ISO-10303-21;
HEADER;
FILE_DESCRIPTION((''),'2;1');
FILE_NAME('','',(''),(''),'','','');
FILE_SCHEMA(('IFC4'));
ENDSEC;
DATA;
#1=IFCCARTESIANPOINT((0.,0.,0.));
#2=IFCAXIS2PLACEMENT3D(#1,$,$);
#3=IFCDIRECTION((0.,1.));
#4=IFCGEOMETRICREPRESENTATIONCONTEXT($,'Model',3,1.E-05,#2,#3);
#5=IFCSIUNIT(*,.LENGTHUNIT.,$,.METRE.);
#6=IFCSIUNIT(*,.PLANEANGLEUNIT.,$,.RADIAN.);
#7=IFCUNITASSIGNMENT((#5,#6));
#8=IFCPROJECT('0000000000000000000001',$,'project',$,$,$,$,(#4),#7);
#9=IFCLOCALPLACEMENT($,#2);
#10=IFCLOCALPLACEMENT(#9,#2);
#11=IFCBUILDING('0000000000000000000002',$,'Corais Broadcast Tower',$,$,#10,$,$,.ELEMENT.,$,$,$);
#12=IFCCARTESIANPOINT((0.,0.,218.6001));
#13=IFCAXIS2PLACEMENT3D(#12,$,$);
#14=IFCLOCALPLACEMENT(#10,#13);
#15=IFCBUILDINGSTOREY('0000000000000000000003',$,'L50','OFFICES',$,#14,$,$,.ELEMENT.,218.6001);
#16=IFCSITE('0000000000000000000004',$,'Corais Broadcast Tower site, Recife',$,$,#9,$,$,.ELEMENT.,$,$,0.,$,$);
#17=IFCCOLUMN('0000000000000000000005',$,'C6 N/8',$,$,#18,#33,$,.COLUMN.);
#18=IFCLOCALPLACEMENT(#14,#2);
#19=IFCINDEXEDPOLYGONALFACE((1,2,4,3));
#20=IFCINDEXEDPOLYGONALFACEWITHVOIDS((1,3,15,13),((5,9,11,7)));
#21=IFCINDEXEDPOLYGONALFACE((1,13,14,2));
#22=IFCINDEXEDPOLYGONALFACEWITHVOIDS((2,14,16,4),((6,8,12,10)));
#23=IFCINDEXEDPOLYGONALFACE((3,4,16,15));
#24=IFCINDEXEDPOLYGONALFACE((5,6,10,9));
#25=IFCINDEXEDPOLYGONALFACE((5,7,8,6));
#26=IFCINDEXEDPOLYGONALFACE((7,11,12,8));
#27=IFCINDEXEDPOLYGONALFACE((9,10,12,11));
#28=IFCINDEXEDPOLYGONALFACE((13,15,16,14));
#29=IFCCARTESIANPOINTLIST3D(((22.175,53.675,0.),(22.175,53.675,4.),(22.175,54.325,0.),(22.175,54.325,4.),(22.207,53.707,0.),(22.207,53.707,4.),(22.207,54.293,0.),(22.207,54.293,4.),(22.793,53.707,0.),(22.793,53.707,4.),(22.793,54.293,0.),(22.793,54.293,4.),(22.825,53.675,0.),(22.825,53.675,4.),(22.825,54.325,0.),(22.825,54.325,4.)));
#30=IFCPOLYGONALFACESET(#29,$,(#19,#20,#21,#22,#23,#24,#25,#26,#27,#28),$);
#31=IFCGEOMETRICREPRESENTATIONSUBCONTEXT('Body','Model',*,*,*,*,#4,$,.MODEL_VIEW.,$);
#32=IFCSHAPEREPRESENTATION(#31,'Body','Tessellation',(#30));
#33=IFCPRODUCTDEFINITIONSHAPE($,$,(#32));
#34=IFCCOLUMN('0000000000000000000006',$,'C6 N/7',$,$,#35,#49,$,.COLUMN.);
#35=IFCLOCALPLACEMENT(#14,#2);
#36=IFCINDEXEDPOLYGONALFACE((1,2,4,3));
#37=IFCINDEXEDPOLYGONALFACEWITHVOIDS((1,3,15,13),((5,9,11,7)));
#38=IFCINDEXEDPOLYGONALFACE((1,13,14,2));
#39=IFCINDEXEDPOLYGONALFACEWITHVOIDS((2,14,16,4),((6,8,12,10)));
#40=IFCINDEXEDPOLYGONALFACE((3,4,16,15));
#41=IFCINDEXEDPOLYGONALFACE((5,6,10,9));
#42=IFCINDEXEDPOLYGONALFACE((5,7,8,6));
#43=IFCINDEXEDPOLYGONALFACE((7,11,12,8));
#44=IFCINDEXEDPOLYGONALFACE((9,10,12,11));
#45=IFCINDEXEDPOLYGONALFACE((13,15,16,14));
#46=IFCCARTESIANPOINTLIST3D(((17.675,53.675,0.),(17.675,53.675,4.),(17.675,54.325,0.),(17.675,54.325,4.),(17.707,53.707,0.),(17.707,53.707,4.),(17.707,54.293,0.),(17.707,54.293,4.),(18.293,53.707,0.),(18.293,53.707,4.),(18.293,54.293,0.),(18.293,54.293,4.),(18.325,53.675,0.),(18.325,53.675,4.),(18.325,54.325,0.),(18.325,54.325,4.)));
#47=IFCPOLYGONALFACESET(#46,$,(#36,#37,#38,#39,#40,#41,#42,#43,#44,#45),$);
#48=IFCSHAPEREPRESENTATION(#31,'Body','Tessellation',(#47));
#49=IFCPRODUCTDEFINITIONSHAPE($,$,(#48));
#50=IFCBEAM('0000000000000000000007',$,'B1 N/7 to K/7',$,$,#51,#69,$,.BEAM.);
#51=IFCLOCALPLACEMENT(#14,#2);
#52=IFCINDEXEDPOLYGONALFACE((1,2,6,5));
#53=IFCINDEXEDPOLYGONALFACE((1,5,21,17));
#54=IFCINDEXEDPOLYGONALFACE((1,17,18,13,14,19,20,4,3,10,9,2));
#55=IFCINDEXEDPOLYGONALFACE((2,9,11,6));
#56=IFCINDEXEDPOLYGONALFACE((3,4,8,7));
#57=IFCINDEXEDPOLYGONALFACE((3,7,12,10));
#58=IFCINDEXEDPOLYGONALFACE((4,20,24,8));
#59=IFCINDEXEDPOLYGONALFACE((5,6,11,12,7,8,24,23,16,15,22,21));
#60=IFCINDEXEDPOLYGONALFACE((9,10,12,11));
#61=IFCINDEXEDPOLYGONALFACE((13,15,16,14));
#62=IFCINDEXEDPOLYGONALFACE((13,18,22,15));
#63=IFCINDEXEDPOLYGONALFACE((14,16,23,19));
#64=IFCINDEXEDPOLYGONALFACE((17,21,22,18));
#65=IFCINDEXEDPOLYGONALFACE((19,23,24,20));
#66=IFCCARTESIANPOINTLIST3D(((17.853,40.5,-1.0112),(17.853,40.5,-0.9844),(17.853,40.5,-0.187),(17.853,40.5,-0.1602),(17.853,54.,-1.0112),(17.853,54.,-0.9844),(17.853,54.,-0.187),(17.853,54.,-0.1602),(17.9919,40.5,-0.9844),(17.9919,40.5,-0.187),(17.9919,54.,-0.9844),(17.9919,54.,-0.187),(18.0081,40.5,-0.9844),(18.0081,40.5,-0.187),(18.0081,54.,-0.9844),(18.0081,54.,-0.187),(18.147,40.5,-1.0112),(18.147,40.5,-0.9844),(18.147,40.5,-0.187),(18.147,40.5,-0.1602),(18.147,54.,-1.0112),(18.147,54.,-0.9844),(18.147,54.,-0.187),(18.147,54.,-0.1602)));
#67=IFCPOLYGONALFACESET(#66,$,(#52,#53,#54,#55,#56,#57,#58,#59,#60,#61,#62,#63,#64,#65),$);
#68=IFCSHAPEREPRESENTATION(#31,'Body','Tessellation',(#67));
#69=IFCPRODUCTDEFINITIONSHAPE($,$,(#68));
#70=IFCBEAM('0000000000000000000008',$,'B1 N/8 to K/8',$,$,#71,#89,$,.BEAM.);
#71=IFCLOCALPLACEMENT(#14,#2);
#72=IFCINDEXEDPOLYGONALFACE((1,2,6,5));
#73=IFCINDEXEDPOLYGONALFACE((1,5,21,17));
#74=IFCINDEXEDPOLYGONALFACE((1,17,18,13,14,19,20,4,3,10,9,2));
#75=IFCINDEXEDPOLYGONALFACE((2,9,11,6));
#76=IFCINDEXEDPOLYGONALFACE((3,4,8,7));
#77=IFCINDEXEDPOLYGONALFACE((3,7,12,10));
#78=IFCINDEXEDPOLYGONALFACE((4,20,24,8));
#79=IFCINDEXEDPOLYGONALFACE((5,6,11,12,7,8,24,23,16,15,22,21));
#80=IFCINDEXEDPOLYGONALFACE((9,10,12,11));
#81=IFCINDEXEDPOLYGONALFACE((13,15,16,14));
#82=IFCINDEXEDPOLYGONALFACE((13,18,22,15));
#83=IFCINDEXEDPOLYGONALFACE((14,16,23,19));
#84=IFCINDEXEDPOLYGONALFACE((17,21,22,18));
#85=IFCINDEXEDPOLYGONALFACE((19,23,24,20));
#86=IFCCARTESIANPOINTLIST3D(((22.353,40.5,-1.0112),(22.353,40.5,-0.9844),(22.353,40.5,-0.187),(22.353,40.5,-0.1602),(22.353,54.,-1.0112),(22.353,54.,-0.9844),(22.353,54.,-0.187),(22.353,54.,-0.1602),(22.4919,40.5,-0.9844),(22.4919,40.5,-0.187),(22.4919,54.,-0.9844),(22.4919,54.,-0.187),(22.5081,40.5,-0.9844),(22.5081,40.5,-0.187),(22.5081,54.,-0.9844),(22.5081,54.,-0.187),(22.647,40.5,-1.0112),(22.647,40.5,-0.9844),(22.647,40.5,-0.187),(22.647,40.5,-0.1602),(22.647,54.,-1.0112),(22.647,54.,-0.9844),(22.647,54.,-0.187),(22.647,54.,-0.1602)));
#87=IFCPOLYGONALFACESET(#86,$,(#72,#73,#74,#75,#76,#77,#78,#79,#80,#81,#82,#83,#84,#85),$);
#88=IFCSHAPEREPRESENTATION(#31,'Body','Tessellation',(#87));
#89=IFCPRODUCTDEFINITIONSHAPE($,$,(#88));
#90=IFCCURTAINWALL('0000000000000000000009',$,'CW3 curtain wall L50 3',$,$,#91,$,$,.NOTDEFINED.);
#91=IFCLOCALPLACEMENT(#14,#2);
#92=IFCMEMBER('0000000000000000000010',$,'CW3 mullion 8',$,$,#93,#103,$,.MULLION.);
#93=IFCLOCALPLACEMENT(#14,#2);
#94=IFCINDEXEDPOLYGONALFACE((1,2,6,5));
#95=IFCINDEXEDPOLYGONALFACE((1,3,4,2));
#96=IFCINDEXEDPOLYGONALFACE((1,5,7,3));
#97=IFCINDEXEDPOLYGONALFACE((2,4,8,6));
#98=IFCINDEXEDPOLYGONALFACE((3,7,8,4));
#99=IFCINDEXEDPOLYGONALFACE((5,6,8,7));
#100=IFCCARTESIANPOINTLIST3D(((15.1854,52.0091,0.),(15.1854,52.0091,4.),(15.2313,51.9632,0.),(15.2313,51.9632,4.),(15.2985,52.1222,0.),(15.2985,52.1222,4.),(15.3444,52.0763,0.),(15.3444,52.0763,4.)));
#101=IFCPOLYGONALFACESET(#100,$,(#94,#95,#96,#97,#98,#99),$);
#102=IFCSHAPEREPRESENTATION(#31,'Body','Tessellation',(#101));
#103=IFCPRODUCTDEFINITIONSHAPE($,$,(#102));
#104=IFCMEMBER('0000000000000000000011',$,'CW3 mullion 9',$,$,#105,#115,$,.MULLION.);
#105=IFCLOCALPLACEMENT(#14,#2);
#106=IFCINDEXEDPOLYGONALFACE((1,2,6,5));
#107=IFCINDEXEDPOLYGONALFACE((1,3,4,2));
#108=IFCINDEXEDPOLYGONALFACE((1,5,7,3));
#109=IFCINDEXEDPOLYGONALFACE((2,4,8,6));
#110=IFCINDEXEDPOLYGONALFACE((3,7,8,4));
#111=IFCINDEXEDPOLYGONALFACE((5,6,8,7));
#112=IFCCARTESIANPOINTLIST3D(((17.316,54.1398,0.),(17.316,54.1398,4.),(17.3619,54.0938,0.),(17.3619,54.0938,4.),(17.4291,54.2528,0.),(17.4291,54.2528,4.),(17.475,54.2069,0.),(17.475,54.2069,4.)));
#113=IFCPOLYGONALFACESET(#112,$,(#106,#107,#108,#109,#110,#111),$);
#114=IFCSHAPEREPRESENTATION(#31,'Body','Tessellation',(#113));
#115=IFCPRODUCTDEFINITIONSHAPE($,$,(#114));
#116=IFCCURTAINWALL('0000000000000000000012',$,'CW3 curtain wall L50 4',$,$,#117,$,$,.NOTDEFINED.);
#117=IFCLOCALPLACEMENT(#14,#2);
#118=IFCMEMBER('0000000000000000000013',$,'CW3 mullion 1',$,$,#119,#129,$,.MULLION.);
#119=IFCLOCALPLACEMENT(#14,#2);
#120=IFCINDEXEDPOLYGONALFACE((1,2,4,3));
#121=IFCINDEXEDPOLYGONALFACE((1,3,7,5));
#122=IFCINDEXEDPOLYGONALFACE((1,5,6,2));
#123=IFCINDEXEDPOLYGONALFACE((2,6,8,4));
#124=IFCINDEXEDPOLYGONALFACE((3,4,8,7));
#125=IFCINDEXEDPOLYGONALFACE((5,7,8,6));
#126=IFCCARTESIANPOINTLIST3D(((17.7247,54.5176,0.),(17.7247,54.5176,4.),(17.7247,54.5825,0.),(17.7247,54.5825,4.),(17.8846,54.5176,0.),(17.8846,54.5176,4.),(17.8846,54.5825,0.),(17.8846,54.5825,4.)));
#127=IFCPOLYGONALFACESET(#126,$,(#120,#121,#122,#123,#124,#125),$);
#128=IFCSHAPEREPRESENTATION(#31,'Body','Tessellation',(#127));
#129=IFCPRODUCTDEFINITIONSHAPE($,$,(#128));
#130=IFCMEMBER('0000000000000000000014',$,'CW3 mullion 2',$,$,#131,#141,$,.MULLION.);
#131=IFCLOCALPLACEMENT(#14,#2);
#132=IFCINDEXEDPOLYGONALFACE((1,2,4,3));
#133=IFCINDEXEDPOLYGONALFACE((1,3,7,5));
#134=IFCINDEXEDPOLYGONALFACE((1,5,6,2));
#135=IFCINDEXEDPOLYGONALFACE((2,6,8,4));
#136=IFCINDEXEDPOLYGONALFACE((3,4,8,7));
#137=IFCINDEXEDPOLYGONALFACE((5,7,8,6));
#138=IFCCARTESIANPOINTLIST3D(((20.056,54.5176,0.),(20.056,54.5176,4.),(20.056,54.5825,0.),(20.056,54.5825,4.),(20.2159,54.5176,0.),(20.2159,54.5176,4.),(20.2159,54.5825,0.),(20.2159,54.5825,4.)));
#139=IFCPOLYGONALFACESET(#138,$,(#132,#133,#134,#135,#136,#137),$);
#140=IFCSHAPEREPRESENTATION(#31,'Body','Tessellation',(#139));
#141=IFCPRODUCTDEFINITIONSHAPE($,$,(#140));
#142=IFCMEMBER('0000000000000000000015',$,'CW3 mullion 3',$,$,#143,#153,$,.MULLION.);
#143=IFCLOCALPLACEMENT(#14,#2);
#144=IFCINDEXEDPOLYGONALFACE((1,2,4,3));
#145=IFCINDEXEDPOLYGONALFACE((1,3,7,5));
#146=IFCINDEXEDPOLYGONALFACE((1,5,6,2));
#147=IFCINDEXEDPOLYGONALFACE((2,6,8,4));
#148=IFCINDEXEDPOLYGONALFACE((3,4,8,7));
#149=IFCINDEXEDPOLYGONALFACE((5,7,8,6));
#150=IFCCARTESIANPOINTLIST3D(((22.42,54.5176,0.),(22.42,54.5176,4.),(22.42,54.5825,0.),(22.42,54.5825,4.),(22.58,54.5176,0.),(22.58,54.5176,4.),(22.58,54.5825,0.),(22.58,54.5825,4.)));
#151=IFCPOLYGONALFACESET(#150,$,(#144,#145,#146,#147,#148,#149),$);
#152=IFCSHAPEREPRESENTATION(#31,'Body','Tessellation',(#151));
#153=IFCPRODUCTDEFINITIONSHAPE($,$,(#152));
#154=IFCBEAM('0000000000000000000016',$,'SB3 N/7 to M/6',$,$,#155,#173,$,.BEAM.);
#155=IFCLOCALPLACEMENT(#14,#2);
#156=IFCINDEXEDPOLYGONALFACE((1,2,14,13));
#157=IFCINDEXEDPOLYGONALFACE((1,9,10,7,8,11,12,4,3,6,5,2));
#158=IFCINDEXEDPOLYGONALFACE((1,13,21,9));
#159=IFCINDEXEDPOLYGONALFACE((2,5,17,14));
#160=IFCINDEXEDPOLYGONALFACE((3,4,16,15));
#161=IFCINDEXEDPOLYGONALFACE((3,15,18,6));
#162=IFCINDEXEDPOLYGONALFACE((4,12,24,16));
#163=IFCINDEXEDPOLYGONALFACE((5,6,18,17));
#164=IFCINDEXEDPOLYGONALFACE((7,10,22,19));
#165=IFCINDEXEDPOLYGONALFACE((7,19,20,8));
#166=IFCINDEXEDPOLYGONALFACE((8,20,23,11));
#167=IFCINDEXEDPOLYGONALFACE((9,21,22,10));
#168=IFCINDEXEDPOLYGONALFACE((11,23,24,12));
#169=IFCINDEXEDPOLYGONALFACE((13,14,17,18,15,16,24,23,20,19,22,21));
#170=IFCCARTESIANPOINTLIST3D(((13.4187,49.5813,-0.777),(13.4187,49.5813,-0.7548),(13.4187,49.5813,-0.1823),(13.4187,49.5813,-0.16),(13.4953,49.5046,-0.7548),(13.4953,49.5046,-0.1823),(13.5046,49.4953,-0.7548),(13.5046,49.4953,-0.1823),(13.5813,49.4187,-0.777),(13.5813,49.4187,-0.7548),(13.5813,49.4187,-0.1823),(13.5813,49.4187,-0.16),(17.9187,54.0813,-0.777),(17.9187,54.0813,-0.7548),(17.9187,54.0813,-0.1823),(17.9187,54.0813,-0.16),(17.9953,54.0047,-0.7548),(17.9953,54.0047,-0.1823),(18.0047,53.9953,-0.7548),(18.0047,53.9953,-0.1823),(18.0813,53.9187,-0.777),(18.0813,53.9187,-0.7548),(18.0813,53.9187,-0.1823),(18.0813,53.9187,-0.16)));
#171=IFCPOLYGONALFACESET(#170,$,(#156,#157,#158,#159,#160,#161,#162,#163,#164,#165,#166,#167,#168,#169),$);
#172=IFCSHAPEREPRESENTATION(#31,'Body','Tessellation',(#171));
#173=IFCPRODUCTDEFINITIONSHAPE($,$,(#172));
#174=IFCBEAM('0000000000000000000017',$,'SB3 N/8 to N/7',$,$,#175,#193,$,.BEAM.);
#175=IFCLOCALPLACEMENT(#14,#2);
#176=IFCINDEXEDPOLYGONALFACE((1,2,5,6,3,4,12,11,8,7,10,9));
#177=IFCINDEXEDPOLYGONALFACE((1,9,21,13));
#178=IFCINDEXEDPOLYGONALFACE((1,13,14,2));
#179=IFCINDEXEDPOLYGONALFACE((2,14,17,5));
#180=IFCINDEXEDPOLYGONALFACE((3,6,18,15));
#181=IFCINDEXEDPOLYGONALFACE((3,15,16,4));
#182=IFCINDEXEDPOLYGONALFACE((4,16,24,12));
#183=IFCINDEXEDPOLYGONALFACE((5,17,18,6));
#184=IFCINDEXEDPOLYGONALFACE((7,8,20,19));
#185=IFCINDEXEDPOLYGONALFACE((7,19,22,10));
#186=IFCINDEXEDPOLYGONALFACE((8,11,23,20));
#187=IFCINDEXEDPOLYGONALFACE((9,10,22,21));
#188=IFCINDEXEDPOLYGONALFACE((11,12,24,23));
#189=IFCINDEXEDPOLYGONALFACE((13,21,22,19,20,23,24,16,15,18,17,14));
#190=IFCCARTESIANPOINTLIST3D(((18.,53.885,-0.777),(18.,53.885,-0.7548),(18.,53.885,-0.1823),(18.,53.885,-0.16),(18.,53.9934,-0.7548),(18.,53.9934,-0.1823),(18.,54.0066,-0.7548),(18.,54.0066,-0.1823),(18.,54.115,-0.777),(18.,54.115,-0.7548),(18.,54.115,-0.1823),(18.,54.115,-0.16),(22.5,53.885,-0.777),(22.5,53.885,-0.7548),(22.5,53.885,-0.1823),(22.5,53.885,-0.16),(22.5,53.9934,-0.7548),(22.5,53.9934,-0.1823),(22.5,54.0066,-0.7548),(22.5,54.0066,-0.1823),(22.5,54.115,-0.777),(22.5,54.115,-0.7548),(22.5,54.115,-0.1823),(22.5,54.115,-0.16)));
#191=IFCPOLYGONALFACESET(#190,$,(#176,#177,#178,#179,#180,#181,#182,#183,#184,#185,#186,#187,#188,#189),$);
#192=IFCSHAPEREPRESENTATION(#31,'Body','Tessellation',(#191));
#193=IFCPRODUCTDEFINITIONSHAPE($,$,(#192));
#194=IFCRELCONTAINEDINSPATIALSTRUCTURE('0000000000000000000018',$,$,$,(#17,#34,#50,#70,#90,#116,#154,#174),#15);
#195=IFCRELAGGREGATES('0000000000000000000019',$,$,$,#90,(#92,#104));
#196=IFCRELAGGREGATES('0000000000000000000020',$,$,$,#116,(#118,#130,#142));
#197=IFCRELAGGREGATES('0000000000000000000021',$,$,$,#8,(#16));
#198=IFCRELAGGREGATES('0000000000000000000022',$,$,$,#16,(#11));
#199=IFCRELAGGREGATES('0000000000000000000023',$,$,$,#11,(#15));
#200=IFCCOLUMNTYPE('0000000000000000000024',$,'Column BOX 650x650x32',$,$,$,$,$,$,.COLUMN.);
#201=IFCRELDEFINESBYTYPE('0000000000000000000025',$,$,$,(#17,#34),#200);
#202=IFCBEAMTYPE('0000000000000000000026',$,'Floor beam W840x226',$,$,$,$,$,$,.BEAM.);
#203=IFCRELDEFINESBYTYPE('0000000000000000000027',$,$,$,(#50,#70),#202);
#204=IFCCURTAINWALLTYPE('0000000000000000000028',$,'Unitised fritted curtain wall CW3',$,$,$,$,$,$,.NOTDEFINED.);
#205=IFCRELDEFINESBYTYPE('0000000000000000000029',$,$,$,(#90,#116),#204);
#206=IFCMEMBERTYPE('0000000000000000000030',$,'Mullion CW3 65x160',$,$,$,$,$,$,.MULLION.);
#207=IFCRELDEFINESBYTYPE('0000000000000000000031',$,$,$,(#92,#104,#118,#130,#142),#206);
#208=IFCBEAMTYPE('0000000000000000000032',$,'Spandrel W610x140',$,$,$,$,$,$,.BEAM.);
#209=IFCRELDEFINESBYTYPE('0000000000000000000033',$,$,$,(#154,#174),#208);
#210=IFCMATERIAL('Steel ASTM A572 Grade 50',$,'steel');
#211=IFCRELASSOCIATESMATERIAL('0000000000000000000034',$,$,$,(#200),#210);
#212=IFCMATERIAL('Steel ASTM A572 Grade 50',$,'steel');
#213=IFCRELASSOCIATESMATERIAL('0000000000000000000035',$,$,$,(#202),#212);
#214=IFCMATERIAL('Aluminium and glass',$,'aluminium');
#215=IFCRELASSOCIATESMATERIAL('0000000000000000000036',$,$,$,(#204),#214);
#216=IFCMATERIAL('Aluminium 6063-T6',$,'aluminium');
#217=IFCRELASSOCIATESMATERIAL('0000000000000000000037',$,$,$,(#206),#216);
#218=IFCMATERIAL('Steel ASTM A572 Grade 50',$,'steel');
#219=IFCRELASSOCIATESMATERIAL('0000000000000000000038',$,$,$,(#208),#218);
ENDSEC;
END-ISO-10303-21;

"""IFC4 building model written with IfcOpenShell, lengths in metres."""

from ifc_helpers import new_model, si_unit, direction, frame, origin, origin_2d, place, context, subcontext, project, spatial, rectangle, hollow_rectangle, i_section, extrude, material, material_profile, profile_set, type_object, element, aggregate, save


model = new_model("IFC4")

# Units and contexts
model_context = context("Model", 3, precision=1e-05, world=origin(), true_north=direction((0.0, 1.0)))
body_context = subcontext(model_context, "Body", "Model", "MODEL_VIEW")
ifc_project = project(units=[si_unit("LENGTHUNIT", "METRE"), si_unit("PLANEANGLEUNIT", "RADIAN")], contexts=[model_context])

# Site, building, storey
site_placement = place(None, origin())
site = spatial("IfcSite", under=ifc_project, at=site_placement, Name="Corais Broadcast Tower site, Recife", CompositionType="ELEMENT", RefElevation=0.0)
building_placement = place(site_placement, origin())
building = spatial("IfcBuilding", under=site, at=building_placement, Name="Corais Broadcast Tower", CompositionType="ELEMENT")
storey_placement = place(building_placement, frame((0.0, 0.0, 218.6001)))
storey = spatial("IfcBuildingStorey", under=building, at=storey_placement, Name="L50", Description="OFFICES", CompositionType="ELEMENT", Elevation=218.6001)

# Columns
ifc_material_1 = material(Name="Steel ASTM A572 Grade 50", Category="steel")
ifc_material_profile_1 = material_profile(ifc_material_1, hollow_rectangle(XDim=0.6499, YDim=0.6499, WallThickness=0.032, at=origin_2d()), Name="BOX 650x650x32")
ifc_profile_set_1 = profile_set([ifc_material_profile_1], Name="Steel ASTM A572 Grade 50")
column_type = type_object("IfcColumnType", Name="Column BOX 650x650x32", PredefinedType="COLUMN", material=ifc_profile_set_1)
for number, where, z_axis, x_axis, name in (
    (1, (22.5, 54.0, 0.0), (0.0, 0.0, 1.0), (1.0, 0.0, 0.0), "C6 N/8"),
    (2, (18.0, 54.0, 0.0), (0.0, 0.0, 1.0), (1.0, 0.0, 0.0), "C6 N/7"),
):
    element("IfcColumn", number, at=place(storey_placement, frame(where, z_axis=z_axis, x_axis=x_axis)), inside=storey, type_object=column_type, Name=name, PredefinedType="COLUMN", context=body_context, shape_type="SweptSolid", body=[
        extrude(hollow_rectangle(XDim=0.6499, YDim=0.6499, WallThickness=0.032, at=origin_2d()), origin(), (0.0, 0.0, 1.0), 4.0),
    ])

# Beams
ifc_material_2 = material(Name="Steel ASTM A572 Grade 50", Category="steel")
ifc_material_profile_2 = material_profile(ifc_material_2, i_section(OverallWidth=0.2939, OverallDepth=0.8511, WebThickness=0.0161, FlangeThickness=0.0269, at=origin_2d()), Name="W840x226")
ifc_profile_set_2 = profile_set([ifc_material_profile_2], Name="Steel ASTM A572 Grade 50")
beam_type_1 = type_object("IfcBeamType", Name="Floor beam W840x226", PredefinedType="BEAM", material=ifc_profile_set_2)
for number, where, z_axis, x_axis, name in (
    (3, (18.0, 54.0, -0.5857), (0.0, -1.0, 0.0), (1.0, 0.0, 0.0), "B1 N/7 to K/7"),
    (4, (22.5, 54.0, -0.5857), (0.0, -1.0, 0.0), (1.0, 0.0, 0.0), "B1 N/8 to K/8"),
):
    element("IfcBeam", number, at=place(storey_placement, frame(where, z_axis=z_axis, x_axis=x_axis)), inside=storey, type_object=beam_type_1, Name=name, PredefinedType="BEAM", context=body_context, shape_type="SweptSolid", body=[
        extrude(i_section(OverallWidth=0.2939, OverallDepth=0.8511, WebThickness=0.0161, FlangeThickness=0.0269, at=origin_2d()), origin(), (0.0, 0.0, 1.0), 13.5),
    ])

# Curtain walls, members
ifc_material_3 = material(Name="Aluminium and glass", Category="aluminium")
curtain_wall_type = type_object("IfcCurtainWallType", Name="Unitised fritted curtain wall CW3", PredefinedType="NOTDEFINED", material=ifc_material_3)
curtain_wall_1_placement = place(storey_placement, origin())
curtain_wall_1 = element("IfcCurtainWall", 5, at=curtain_wall_1_placement, inside=storey, type_object=curtain_wall_type, Name="CW3 curtain wall L50 3", PredefinedType="NOTDEFINED")
ifc_material_4 = material(Name="Aluminium 6063-T6", Category="aluminium")
ifc_material_profile_3 = material_profile(ifc_material_4, rectangle(XDim=0.0649, YDim=0.1599, at=origin_2d()), Name="Mullion CW3 65x160")
ifc_profile_set_3 = profile_set([ifc_material_profile_3], Name="Aluminium 6063-T6")
member_type_1 = type_object("IfcMemberType", Name="Mullion CW3 65x160", PredefinedType="MULLION", material=ifc_profile_set_3)
member_1_placement = place(storey_placement, frame((15.2649, 52.0427, 0.0), z_axis=(0.0, 0.0, 1.0), x_axis=(-0.707107, 0.707107, 0.0)))
member_1 = element("IfcMember", 6, at=member_1_placement, type_object=member_type_1, Name="CW3 mullion 8", PredefinedType="MULLION", context=body_context, shape_type="SweptSolid", body=[
    extrude(rectangle(XDim=0.0649, YDim=0.1599, at=origin_2d()), origin(), (0.0, 0.0, 1.0), 4.0),
])
member_2_placement = place(storey_placement, frame((17.3955, 54.1733, 0.0), z_axis=(0.0, 0.0, 1.0), x_axis=(-0.707107, 0.707107, 0.0)))
member_2 = element("IfcMember", 7, at=member_2_placement, type_object=member_type_1, Name="CW3 mullion 9", PredefinedType="MULLION", context=body_context, shape_type="SweptSolid", body=[
    extrude(rectangle(XDim=0.0649, YDim=0.1599, at=origin_2d()), origin(), (0.0, 0.0, 1.0), 4.0),
])
curtain_wall_2_placement = place(storey_placement, origin())
curtain_wall_2 = element("IfcCurtainWall", 8, at=curtain_wall_2_placement, inside=storey, type_object=curtain_wall_type, Name="CW3 curtain wall L50 4", PredefinedType="NOTDEFINED")
member_3_placement = place(storey_placement, frame((17.8047, 54.55, 0.0), z_axis=(0.0, 0.0, 1.0), x_axis=(0.0, 1.0, 0.0)))
member_3 = element("IfcMember", 9, at=member_3_placement, type_object=member_type_1, Name="CW3 mullion 1", PredefinedType="MULLION", context=body_context, shape_type="SweptSolid", body=[
    extrude(rectangle(XDim=0.0649, YDim=0.1599, at=origin_2d()), origin(), (0.0, 0.0, 1.0), 4.0),
])
member_4_placement = place(storey_placement, frame((20.136, 54.55, 0.0), z_axis=(0.0, 0.0, 1.0), x_axis=(0.0, 1.0, 0.0)))
member_4 = element("IfcMember", 10, at=member_4_placement, type_object=member_type_1, Name="CW3 mullion 2", PredefinedType="MULLION", context=body_context, shape_type="SweptSolid", body=[
    extrude(rectangle(XDim=0.0649, YDim=0.1599, at=origin_2d()), origin(), (0.0, 0.0, 1.0), 4.0),
])
member_5_placement = place(storey_placement, frame((22.5, 54.55, 0.0), z_axis=(0.0, 0.0, 1.0), x_axis=(0.0, 1.0, 0.0)))
member_5 = element("IfcMember", 11, at=member_5_placement, type_object=member_type_1, Name="CW3 mullion 3", PredefinedType="MULLION", context=body_context, shape_type="SweptSolid", body=[
    extrude(rectangle(XDim=0.0649, YDim=0.1599, at=origin_2d()), origin(), (0.0, 0.0, 1.0), 4.0),
])

# Beams
ifc_material_5 = material(Name="Steel ASTM A572 Grade 50", Category="steel")
ifc_material_profile_4 = material_profile(ifc_material_5, i_section(OverallWidth=0.23, OverallDepth=0.6169, WebThickness=0.0132, FlangeThickness=0.0222, at=origin_2d()), Name="W610x140")
ifc_profile_set_4 = profile_set([ifc_material_profile_4], Name="Steel ASTM A572 Grade 50")
beam_type_2 = type_object("IfcBeamType", Name="Spandrel W610x140", PredefinedType="BEAM", material=ifc_profile_set_4)
beam_1_placement = place(storey_placement, frame((18.0, 54.0, -0.4685), z_axis=(-0.707107, -0.707107, 0.0), x_axis=(0.707107, -0.707107, 0.0)))
element("IfcBeam", 12, at=beam_1_placement, inside=storey, type_object=beam_type_2, Name="SB3 N/7 to M/6", PredefinedType="BEAM", context=body_context, shape_type="SweptSolid", body=[
    extrude(i_section(OverallWidth=0.23, OverallDepth=0.6169, WebThickness=0.0132, FlangeThickness=0.0222, at=origin_2d()), origin(), (0.0, 0.0, 1.0), 6.364),
])
beam_2_placement = place(storey_placement, frame((22.5, 54.0, -0.4685), z_axis=(-1.0, 0.0, 0.0), x_axis=(0.0, -1.0, 0.0)))
element("IfcBeam", 13, at=beam_2_placement, inside=storey, type_object=beam_type_2, Name="SB3 N/8 to N/7", PredefinedType="BEAM", context=body_context, shape_type="SweptSolid", body=[
    extrude(i_section(OverallWidth=0.23, OverallDepth=0.6169, WebThickness=0.0132, FlangeThickness=0.0222, at=origin_2d()), origin(), (0.0, 0.0, 1.0), 4.5),
])

aggregate(curtain_wall_1, [member_1, member_2])
aggregate(curtain_wall_2, [member_3, member_4, member_5])

save(model, "model.ifc")
